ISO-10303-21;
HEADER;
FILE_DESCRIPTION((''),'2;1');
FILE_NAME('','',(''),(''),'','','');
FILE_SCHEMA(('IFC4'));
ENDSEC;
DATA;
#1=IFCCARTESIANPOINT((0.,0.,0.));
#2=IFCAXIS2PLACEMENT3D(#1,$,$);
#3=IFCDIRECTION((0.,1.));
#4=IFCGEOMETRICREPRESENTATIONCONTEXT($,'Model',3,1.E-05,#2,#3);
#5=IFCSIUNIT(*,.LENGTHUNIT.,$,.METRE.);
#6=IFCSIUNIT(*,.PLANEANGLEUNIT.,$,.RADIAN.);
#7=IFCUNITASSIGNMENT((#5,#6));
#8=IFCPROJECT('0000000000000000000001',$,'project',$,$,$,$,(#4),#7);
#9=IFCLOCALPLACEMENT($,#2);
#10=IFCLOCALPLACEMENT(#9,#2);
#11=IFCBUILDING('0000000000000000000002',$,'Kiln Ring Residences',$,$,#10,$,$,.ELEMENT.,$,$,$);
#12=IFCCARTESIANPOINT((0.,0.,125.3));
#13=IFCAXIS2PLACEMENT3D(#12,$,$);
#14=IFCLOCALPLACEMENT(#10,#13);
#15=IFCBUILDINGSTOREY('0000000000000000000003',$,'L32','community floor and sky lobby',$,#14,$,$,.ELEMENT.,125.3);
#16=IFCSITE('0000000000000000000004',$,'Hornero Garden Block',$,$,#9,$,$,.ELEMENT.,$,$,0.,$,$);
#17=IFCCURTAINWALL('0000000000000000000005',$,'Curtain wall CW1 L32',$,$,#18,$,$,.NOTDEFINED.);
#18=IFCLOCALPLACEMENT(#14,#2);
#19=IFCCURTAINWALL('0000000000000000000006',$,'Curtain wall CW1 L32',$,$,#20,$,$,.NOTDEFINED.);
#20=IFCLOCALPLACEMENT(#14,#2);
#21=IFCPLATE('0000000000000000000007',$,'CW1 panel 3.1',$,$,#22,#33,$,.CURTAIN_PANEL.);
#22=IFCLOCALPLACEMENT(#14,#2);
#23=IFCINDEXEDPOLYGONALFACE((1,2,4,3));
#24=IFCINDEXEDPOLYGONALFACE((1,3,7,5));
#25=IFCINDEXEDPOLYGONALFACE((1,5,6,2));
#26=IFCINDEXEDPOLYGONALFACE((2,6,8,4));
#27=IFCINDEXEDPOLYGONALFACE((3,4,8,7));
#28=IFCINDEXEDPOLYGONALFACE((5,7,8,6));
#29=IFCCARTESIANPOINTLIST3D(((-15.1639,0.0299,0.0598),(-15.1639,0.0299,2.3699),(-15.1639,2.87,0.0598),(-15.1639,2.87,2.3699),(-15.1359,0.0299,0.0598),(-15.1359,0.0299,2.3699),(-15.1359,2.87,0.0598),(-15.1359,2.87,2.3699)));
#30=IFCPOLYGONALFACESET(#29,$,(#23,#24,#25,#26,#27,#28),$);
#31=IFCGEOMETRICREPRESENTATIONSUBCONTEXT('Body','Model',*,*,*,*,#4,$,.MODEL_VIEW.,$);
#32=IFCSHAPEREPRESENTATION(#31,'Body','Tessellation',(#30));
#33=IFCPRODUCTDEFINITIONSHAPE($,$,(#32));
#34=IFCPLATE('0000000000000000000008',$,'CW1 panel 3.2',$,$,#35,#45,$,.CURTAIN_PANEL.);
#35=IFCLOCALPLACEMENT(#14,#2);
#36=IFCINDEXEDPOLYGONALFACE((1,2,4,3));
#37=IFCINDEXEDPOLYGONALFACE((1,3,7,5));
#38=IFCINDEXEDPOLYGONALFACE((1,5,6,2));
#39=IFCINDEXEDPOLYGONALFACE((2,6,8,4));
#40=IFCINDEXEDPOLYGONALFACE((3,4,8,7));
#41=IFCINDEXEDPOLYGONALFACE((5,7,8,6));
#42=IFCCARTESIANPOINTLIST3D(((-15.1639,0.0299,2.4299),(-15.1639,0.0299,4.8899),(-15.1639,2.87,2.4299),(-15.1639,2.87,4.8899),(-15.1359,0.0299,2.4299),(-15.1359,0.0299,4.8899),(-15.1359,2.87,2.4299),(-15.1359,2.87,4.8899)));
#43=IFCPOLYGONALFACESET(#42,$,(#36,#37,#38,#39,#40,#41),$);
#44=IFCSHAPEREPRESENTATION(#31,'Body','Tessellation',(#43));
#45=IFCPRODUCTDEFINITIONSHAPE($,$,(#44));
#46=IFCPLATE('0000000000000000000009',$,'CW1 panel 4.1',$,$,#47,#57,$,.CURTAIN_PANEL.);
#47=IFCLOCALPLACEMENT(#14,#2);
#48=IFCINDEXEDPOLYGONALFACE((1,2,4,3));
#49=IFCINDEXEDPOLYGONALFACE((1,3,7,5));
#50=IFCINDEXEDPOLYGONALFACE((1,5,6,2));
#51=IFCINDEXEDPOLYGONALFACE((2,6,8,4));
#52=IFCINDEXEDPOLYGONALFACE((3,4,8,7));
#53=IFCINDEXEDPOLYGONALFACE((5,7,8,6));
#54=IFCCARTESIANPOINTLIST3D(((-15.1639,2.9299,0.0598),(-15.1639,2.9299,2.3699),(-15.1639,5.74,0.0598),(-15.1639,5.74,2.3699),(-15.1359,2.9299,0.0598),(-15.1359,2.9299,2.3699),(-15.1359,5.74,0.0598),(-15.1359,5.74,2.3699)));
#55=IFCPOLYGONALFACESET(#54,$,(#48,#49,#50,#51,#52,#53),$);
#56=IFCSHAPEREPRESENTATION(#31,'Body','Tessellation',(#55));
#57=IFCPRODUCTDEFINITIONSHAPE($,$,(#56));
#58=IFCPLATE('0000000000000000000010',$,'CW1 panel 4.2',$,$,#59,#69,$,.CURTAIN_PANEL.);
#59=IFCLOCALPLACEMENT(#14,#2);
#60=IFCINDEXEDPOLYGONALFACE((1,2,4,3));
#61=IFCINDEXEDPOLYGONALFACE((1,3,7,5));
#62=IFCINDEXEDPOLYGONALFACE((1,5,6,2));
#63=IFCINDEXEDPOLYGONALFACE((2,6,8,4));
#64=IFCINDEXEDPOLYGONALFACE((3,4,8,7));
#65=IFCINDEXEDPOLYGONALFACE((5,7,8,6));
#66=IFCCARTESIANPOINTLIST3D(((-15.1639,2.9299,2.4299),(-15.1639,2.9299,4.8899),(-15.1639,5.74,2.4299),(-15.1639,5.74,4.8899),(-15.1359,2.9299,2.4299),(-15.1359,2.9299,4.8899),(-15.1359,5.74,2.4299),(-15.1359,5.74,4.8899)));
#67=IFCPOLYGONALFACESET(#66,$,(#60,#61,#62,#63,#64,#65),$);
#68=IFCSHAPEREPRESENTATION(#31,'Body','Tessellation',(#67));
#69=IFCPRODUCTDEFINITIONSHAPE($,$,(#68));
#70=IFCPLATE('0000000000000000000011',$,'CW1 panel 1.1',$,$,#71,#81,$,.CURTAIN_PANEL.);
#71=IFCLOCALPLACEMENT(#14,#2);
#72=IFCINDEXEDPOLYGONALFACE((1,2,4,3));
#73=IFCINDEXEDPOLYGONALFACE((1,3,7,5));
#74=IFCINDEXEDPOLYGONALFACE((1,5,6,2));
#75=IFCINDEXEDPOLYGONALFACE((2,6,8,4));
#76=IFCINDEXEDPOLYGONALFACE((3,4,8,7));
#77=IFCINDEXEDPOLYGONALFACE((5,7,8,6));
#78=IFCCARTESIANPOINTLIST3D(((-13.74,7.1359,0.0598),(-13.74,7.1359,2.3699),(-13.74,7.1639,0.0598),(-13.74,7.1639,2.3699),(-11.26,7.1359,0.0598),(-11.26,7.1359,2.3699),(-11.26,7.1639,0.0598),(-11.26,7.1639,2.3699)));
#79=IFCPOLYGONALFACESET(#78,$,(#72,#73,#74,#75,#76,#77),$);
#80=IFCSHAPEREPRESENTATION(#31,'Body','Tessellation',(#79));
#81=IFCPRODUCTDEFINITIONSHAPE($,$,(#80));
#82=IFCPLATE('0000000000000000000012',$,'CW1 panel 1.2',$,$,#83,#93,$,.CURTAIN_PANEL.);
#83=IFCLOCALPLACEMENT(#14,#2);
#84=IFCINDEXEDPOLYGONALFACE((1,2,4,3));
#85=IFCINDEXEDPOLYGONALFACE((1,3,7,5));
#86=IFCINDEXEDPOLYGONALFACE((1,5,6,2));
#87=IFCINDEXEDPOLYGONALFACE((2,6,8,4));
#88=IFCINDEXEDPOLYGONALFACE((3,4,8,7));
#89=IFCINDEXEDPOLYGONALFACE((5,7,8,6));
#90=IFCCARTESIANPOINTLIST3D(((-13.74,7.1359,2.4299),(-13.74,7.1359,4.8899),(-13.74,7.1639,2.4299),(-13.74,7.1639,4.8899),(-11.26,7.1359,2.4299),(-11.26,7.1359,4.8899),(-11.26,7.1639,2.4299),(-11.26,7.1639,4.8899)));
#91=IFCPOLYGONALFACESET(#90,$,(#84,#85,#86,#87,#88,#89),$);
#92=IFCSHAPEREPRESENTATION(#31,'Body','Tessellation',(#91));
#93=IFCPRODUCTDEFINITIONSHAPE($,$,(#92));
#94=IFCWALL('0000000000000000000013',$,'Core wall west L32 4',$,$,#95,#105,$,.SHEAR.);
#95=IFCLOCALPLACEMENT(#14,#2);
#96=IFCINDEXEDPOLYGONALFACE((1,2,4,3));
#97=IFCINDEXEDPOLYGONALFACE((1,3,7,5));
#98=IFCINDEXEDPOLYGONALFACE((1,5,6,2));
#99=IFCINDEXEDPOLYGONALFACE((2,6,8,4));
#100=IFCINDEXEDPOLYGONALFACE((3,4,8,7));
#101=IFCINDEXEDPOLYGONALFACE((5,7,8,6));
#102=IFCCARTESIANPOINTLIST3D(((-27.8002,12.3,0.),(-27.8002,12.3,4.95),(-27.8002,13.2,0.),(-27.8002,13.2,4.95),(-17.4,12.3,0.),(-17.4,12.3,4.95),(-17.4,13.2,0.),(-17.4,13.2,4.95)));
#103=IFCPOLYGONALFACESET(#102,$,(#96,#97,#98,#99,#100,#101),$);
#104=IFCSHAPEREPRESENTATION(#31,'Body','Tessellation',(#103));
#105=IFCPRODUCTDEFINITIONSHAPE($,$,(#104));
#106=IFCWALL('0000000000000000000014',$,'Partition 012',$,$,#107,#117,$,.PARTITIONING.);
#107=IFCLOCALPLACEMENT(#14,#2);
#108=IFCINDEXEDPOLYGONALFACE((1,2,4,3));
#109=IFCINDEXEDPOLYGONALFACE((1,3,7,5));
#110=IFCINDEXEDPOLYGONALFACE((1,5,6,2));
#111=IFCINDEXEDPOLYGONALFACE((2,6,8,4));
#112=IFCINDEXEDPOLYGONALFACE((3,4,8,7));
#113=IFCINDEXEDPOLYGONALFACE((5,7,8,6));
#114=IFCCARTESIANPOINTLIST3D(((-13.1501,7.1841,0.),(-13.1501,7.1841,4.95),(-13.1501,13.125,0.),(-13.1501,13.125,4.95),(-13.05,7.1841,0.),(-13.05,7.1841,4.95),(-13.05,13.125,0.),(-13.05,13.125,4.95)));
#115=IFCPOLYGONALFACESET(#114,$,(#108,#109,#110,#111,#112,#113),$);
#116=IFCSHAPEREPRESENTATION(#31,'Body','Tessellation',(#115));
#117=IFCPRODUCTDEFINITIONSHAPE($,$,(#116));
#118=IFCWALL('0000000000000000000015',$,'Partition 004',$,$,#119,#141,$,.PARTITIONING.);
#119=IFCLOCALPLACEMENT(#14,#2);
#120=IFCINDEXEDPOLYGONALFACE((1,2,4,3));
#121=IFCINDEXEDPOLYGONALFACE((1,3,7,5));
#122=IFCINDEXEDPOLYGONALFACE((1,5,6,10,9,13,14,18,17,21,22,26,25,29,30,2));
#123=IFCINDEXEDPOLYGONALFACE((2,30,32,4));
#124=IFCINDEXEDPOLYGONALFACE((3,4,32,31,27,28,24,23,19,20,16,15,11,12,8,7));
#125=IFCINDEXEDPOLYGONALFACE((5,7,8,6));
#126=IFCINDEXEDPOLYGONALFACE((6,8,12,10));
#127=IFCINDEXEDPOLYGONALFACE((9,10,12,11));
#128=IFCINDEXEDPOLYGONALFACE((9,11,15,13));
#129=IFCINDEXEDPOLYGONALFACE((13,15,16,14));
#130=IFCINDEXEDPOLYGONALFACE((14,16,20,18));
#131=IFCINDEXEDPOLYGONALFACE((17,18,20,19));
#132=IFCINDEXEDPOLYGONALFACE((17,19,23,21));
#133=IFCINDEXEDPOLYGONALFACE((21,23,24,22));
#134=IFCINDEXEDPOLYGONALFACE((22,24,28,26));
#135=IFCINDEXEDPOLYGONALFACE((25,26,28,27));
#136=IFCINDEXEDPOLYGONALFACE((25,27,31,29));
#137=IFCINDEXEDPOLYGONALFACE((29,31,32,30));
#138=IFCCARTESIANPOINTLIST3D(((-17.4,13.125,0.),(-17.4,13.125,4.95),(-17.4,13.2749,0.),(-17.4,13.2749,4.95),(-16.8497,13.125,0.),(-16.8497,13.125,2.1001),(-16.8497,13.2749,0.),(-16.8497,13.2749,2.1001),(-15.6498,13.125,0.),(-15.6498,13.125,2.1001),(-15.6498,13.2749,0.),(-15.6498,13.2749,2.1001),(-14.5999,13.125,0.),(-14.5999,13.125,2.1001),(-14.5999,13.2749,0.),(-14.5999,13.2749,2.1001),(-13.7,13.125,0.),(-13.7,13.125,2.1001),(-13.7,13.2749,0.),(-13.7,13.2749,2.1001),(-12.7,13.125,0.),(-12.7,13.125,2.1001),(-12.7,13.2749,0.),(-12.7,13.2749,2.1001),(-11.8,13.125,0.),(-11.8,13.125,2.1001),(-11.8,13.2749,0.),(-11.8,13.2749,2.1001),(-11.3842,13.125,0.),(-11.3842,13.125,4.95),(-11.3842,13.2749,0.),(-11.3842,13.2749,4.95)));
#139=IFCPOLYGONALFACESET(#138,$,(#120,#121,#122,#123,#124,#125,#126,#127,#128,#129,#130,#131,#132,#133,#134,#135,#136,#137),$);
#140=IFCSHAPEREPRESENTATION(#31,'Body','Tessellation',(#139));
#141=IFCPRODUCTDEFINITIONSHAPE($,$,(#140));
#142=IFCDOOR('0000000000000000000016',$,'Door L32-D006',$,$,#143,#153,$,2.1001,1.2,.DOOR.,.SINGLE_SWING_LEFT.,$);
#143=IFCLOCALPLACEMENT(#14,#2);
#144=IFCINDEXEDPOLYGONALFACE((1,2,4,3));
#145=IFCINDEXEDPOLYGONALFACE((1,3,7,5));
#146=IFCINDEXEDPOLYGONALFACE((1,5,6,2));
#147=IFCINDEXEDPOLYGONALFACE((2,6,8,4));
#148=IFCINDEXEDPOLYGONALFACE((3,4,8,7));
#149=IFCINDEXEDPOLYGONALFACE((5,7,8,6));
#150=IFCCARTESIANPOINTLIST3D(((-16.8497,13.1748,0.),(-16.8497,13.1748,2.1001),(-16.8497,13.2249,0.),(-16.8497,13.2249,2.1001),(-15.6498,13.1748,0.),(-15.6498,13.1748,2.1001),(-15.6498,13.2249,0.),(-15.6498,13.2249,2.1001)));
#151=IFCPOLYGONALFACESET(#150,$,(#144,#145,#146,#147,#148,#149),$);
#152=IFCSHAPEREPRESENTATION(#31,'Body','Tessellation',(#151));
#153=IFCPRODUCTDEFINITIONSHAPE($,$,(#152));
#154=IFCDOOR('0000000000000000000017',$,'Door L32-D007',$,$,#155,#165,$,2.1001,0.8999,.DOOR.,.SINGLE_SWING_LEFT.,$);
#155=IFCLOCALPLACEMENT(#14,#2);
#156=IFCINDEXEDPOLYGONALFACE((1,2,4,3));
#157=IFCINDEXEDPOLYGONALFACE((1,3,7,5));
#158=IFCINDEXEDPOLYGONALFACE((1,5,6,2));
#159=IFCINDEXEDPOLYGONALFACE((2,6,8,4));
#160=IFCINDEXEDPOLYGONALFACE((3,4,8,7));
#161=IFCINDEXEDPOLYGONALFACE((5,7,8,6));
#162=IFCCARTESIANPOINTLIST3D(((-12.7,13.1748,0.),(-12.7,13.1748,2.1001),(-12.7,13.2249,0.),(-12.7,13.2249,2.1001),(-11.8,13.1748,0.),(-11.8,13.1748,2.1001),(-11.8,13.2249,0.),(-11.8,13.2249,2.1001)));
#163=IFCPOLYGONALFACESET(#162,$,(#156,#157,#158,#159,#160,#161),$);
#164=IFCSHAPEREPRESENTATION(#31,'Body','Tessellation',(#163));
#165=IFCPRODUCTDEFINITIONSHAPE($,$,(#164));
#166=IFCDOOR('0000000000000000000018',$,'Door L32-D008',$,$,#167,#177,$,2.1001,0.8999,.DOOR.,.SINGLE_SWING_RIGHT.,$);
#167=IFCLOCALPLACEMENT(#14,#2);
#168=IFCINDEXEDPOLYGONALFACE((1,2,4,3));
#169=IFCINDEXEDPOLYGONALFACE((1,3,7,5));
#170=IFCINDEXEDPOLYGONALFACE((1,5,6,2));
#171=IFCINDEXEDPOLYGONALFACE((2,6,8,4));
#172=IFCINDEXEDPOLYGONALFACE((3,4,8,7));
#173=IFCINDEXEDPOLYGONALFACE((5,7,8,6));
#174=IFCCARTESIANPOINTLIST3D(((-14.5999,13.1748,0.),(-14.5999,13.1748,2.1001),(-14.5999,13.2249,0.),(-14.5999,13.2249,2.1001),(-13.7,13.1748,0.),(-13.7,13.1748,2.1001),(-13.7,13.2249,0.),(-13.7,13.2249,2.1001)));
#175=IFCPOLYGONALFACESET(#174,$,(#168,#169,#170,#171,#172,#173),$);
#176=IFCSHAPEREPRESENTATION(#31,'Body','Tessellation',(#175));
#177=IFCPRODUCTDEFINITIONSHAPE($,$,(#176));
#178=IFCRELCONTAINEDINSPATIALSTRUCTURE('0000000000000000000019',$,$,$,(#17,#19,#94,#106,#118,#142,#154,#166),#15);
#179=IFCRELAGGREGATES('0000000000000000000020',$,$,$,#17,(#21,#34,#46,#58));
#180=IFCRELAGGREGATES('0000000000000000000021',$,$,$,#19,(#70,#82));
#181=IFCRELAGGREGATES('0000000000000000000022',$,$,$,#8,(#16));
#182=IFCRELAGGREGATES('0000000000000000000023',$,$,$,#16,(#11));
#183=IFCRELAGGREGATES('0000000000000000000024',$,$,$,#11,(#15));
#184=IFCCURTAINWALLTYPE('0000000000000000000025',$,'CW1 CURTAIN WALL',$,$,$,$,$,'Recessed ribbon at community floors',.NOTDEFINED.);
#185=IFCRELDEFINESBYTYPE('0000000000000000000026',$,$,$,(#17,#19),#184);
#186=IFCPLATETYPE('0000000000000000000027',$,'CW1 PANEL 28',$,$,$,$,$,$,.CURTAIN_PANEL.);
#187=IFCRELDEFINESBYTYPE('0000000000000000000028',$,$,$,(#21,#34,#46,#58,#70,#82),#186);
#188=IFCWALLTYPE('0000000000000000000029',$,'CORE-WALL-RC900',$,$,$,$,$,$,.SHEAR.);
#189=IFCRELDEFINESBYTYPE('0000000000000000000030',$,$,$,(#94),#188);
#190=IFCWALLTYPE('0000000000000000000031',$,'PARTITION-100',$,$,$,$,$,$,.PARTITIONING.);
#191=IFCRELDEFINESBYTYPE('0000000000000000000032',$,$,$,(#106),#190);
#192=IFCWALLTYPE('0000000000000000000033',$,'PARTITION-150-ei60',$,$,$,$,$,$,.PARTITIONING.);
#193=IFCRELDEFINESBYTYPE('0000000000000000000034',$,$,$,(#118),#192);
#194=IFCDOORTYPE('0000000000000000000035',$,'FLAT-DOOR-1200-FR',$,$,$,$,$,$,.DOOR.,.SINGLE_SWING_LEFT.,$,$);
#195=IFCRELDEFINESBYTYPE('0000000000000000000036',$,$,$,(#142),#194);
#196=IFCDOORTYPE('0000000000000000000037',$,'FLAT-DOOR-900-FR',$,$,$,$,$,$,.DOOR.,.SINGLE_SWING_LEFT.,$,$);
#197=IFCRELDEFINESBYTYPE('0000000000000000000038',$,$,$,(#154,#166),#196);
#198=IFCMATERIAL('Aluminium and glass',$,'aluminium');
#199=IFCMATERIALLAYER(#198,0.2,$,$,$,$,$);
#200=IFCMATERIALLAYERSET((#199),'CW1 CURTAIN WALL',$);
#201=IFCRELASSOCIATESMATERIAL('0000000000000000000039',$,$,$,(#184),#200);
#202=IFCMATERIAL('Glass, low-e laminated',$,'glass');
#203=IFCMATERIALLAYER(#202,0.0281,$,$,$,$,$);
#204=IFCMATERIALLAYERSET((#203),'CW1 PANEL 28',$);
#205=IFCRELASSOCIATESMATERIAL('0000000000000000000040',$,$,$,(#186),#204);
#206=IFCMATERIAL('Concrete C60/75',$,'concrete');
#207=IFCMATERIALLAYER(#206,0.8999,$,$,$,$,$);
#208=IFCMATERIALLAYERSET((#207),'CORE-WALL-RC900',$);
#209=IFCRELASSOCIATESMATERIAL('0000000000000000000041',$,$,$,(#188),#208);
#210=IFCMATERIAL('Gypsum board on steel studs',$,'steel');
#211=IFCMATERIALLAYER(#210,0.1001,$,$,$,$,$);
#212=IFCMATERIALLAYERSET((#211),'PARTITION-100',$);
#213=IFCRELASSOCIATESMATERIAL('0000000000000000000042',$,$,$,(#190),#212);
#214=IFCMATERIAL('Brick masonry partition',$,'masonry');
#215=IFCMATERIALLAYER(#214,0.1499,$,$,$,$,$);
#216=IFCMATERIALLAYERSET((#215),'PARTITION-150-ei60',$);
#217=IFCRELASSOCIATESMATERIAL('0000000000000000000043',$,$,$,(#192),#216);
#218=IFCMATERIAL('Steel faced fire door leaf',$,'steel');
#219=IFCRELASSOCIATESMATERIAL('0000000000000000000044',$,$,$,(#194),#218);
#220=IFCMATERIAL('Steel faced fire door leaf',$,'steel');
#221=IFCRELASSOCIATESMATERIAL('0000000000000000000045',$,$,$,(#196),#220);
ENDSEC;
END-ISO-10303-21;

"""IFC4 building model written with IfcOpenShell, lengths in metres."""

from ifc_helpers import new_model, si_unit, direction, frame, frame_2d, origin, origin_2d, place, context, subcontext, project, spatial, rectangle, extrude, material, layer, layer_set, type_object, element, fill, aggregate, save


model = new_model("IFC4")

# Units and contexts
model_context = context("Model", 3, precision=1e-05, world=origin(), true_north=direction((0.0, 1.0)))
body_context = subcontext(model_context, "Body", "Model", "MODEL_VIEW")
ifc_project = project(units=[si_unit("LENGTHUNIT", "METRE"), si_unit("PLANEANGLEUNIT", "RADIAN")], contexts=[model_context])

# Site, building, storey
site_placement = place(None, origin())
site = spatial("IfcSite", under=ifc_project, at=site_placement, Name="Hornero Garden Block", CompositionType="ELEMENT", RefElevation=0.0)
building_placement = place(site_placement, origin())
building = spatial("IfcBuilding", under=site, at=building_placement, Name="Kiln Ring Residences", CompositionType="ELEMENT")
storey_placement = place(building_placement, frame((0.0, 0.0, 125.3)))
storey = spatial("IfcBuildingStorey", under=building, at=storey_placement, Name="L32", Description="community floor and sky lobby", CompositionType="ELEMENT", Elevation=125.3)

# Curtain wall
ifc_material_1 = material(Name="Aluminium and glass", Category="aluminium")
ifc_layer_1 = layer(ifc_material_1, 0.2)
ifc_layer_set_1 = layer_set([ifc_layer_1], Name="CW1 CURTAIN WALL")
curtain_wall_type = type_object("IfcCurtainWallType", Name="CW1 CURTAIN WALL", ElementType="Recessed ribbon at community floors", PredefinedType="NOTDEFINED", material=ifc_layer_set_1)
placement = place(storey_placement, origin())
curtain_wall_1 = element("IfcCurtainWall", 1, at=placement, inside=storey, type_object=curtain_wall_type, Name="Curtain wall CW1 L32", PredefinedType="NOTDEFINED")

# Curtain wall
curtain_wall_2 = element("IfcCurtainWall", 2, at=placement, inside=storey, type_object=curtain_wall_type, Name="Curtain wall CW1 L32", PredefinedType="NOTDEFINED")

# Plates
ifc_material_2 = material(Name="Glass, low-e laminated", Category="glass")
ifc_layer_2 = layer(ifc_material_2, 0.0281)
ifc_layer_set_2 = layer_set([ifc_layer_2], Name="CW1 PANEL 28")
plate_type = type_object("IfcPlateType", Name="CW1 PANEL 28", PredefinedType="CURTAIN_PANEL", material=ifc_layer_set_2)
plate_1_placement = place(storey_placement, frame((-15.1499, 1.45, 0.0598), z_axis=(0.0, 0.0, 1.0), x_axis=(0.0, 1.0, 0.0)))
plate_1 = element("IfcPlate", 3, at=plate_1_placement, type_object=plate_type, Name="CW1 panel 3.1", PredefinedType="CURTAIN_PANEL", context=body_context, shape_type="SweptSolid", body=[
    extrude(rectangle(XDim=2.8401, YDim=0.0281, at=origin_2d()), origin(), (0.0, 0.0, 1.0), 2.3101),
])
plate_2_placement = place(storey_placement, frame((-15.1499, 1.45, 2.4299), z_axis=(0.0, 0.0, 1.0), x_axis=(0.0, 1.0, 0.0)))
plate_2 = element("IfcPlate", 4, at=plate_2_placement, type_object=plate_type, Name="CW1 panel 3.2", PredefinedType="CURTAIN_PANEL", context=body_context, shape_type="SweptSolid", body=[
    extrude(rectangle(XDim=2.8401, YDim=0.0281, at=origin_2d()), origin(), (0.0, 0.0, 1.0), 2.46),
])
plate_3_placement = place(storey_placement, frame((-15.1499, 4.335, 0.0598), z_axis=(0.0, 0.0, 1.0), x_axis=(0.0, 1.0, 0.0)))
plate_3 = element("IfcPlate", 5, at=plate_3_placement, type_object=plate_type, Name="CW1 panel 4.1", PredefinedType="CURTAIN_PANEL", context=body_context, shape_type="SweptSolid", body=[
    extrude(rectangle(XDim=2.8101, YDim=0.0281, at=origin_2d()), origin(), (0.0, 0.0, 1.0), 2.3101),
])
plate_4_placement = place(storey_placement, frame((-15.1499, 4.335, 2.4299), z_axis=(0.0, 0.0, 1.0), x_axis=(0.0, 1.0, 0.0)))
plate_4 = element("IfcPlate", 6, at=plate_4_placement, type_object=plate_type, Name="CW1 panel 4.2", PredefinedType="CURTAIN_PANEL", context=body_context, shape_type="SweptSolid", body=[
    extrude(rectangle(XDim=2.8101, YDim=0.0281, at=origin_2d()), origin(), (0.0, 0.0, 1.0), 2.46),
])
aggregate(curtain_wall_1, [plate_1, plate_2, plate_3, plate_4])
plate_5_placement = place(storey_placement, frame((-12.5, 7.1499, 0.0598), z_axis=(0.0, 0.0, 1.0), x_axis=(1.0, 0.0, 0.0)))
plate_5 = element("IfcPlate", 7, at=plate_5_placement, type_object=plate_type, Name="CW1 panel 1.1", PredefinedType="CURTAIN_PANEL", context=body_context, shape_type="SweptSolid", body=[
    extrude(rectangle(XDim=2.48, YDim=0.0281, at=origin_2d()), origin(), (0.0, 0.0, 1.0), 2.3101),
])
plate_6_placement = place(storey_placement, frame((-12.5, 7.1499, 2.4299), z_axis=(0.0, 0.0, 1.0), x_axis=(1.0, 0.0, 0.0)))
plate_6 = element("IfcPlate", 8, at=plate_6_placement, type_object=plate_type, Name="CW1 panel 1.2", PredefinedType="CURTAIN_PANEL", context=body_context, shape_type="SweptSolid", body=[
    extrude(rectangle(XDim=2.48, YDim=0.0281, at=origin_2d()), origin(), (0.0, 0.0, 1.0), 2.46),
])
aggregate(curtain_wall_2, [plate_5, plate_6])

# Walls
ifc_material_3 = material(Name="Concrete C60/75", Category="concrete")
ifc_layer_3 = layer(ifc_material_3, 0.8999)
ifc_layer_set_3 = layer_set([ifc_layer_3], Name="CORE-WALL-RC900")
wall_type_1 = type_object("IfcWallType", Name="CORE-WALL-RC900", PredefinedType="SHEAR", material=ifc_layer_set_3)
wall_1_placement = place(storey_placement, frame((-17.3999, 12.75, 0.0), z_axis=(0.0, 0.0, 1.0), x_axis=(-1.0, 0.0, 0.0)))
element("IfcWall", 9, at=wall_1_placement, inside=storey, type_object=wall_type_1, Name="Core wall west L32 4", PredefinedType="SHEAR", context=body_context, shape_type="SweptSolid", body=[
    extrude(rectangle(XDim=10.4001, YDim=0.8999, at=frame_2d((5.2002, 0.0))), origin(), (0.0, 0.0, 1.0), 4.95),
])
ifc_material_4 = material(Name="Gypsum board on steel studs", Category="steel")
ifc_layer_4 = layer(ifc_material_4, 0.1001)
ifc_layer_set_4 = layer_set([ifc_layer_4], Name="PARTITION-100")
wall_type_2 = type_object("IfcWallType", Name="PARTITION-100", PredefinedType="PARTITIONING", material=ifc_layer_set_4)
wall_2_placement = place(storey_placement, frame((-13.1001, 7.1841, 0.0), z_axis=(0.0, 0.0, 1.0), x_axis=(0.0, 1.0, 0.0)))
element("IfcWall", 10, at=wall_2_placement, inside=storey, type_object=wall_type_2, Name="Partition 012", PredefinedType="PARTITIONING", context=body_context, shape_type="SweptSolid", body=[
    extrude(rectangle(XDim=5.9409, YDim=0.1001, at=frame_2d((2.9705, 0.0))), origin(), (0.0, 0.0, 1.0), 4.95),
])

# Wall, openings, doors
ifc_material_5 = material(Name="Brick masonry partition", Category="masonry")
ifc_layer_5 = layer(ifc_material_5, 0.1499)
ifc_layer_set_5 = layer_set([ifc_layer_5], Name="PARTITION-150-ei60")
wall_type_3 = type_object("IfcWallType", Name="PARTITION-150-ei60", PredefinedType="PARTITIONING", material=ifc_layer_set_5)
wall_3_placement = place(storey_placement, frame((-17.3999, 13.2, 0.0), z_axis=(0.0, 0.0, 1.0), x_axis=(1.0, 0.0, 0.0)))
wall_3 = element("IfcWall", 11, at=wall_3_placement, inside=storey, type_object=wall_type_3, Name="Partition 004", PredefinedType="PARTITIONING", context=body_context, shape_type="SweptSolid", body=[
    extrude(rectangle(XDim=6.0159, YDim=0.1499, at=frame_2d((3.0078, 0.0))), origin(), (0.0, 0.0, 1.0), 4.95),
])
opening_1_placement = place(wall_3_placement, frame((0.55, 0.0, 0.0)))
opening_1 = element("IfcOpeningElement", 12, at=opening_1_placement, cuts=wall_3, PredefinedType="OPENING", context=body_context, shape_type="SweptSolid", body=[
    extrude(rectangle(XDim=1.2, YDim=2.1001, at=frame_2d((0.6001, 1.05))), frame((0.0, 0.085, 0.0), z_axis=(0.0, -1.0, 0.0), x_axis=(1.0, 0.0, 0.0)), (0.0, 0.0, 1.0), 0.1699),
])
opening_2_placement = place(wall_3_placement, frame((4.7, 0.0, 0.0)))
opening_2 = element("IfcOpeningElement", 13, at=opening_2_placement, cuts=wall_3, PredefinedType="OPENING", context=body_context, shape_type="SweptSolid", body=[
    extrude(rectangle(XDim=0.8999, YDim=2.1001, at=frame_2d((0.45, 1.05))), frame((0.0, 0.085, 0.0), z_axis=(0.0, -1.0, 0.0), x_axis=(1.0, 0.0, 0.0)), (0.0, 0.0, 1.0), 0.1699),
])
opening_3_placement = place(wall_3_placement, frame((2.8, 0.0, 0.0)))
opening_3 = element("IfcOpeningElement", 14, at=opening_3_placement, cuts=wall_3, PredefinedType="OPENING", context=body_context, shape_type="SweptSolid", body=[
    extrude(rectangle(XDim=0.8999, YDim=2.1001, at=frame_2d((0.45, 1.05))), frame((0.0, 0.085, 0.0), z_axis=(0.0, -1.0, 0.0), x_axis=(1.0, 0.0, 0.0)), (0.0, 0.0, 1.0), 0.1699),
])
ifc_material_6 = material(Name="Steel faced fire door leaf", Category="steel")
door_type_1 = type_object("IfcDoorType", Name="FLAT-DOOR-1200-FR", OperationType="SINGLE_SWING_LEFT", PredefinedType="DOOR", material=ifc_material_6)
door_1_placement = place(opening_1_placement, origin())
door_1 = element("IfcDoor", 15, at=door_1_placement, inside=storey, type_object=door_type_1, Name="Door L32-D006", OperationType="SINGLE_SWING_LEFT", OverallHeight=2.1001, OverallWidth=1.2, PredefinedType="DOOR", context=body_context, shape_type="SweptSolid", body=[
    extrude(rectangle(XDim=1.2, YDim=2.1001, at=frame_2d((0.6001, 1.05))), frame((0.0, 0.0249, 0.0), z_axis=(0.0, -1.0, 0.0), x_axis=(1.0, 0.0, 0.0)), (0.0, 0.0, 1.0), 0.05),
])
fill(opening_1, door_1)
ifc_material_7 = material(Name="Steel faced fire door leaf", Category="steel")
door_type_2 = type_object("IfcDoorType", Name="FLAT-DOOR-900-FR", OperationType="SINGLE_SWING_LEFT", PredefinedType="DOOR", material=ifc_material_7)
door_2_placement = place(opening_2_placement, origin())
door_2 = element("IfcDoor", 16, at=door_2_placement, inside=storey, type_object=door_type_2, Name="Door L32-D007", OperationType="SINGLE_SWING_LEFT", OverallHeight=2.1001, OverallWidth=0.8999, PredefinedType="DOOR", context=body_context, shape_type="SweptSolid", body=[
    extrude(rectangle(XDim=0.8999, YDim=2.1001, at=frame_2d((0.45, 1.05))), frame((0.0, 0.0249, 0.0), z_axis=(0.0, -1.0, 0.0), x_axis=(1.0, 0.0, 0.0)), (0.0, 0.0, 1.0), 0.05),
])
fill(opening_2, door_2)
door_3_placement = place(opening_3_placement, origin())
door_3 = element("IfcDoor", 17, at=door_3_placement, inside=storey, type_object=door_type_2, Name="Door L32-D008", OperationType="SINGLE_SWING_RIGHT", OverallHeight=2.1001, OverallWidth=0.8999, PredefinedType="DOOR", context=body_context, shape_type="SweptSolid", body=[
    extrude(rectangle(XDim=0.8999, YDim=2.1001, at=frame_2d((0.45, 1.05))), frame((0.0, 0.0249, 0.0), z_axis=(0.0, -1.0, 0.0), x_axis=(1.0, 0.0, 0.0)), (0.0, 0.0, 1.0), 0.05),
])
fill(opening_3, door_3)

save(model, "model.ifc")
